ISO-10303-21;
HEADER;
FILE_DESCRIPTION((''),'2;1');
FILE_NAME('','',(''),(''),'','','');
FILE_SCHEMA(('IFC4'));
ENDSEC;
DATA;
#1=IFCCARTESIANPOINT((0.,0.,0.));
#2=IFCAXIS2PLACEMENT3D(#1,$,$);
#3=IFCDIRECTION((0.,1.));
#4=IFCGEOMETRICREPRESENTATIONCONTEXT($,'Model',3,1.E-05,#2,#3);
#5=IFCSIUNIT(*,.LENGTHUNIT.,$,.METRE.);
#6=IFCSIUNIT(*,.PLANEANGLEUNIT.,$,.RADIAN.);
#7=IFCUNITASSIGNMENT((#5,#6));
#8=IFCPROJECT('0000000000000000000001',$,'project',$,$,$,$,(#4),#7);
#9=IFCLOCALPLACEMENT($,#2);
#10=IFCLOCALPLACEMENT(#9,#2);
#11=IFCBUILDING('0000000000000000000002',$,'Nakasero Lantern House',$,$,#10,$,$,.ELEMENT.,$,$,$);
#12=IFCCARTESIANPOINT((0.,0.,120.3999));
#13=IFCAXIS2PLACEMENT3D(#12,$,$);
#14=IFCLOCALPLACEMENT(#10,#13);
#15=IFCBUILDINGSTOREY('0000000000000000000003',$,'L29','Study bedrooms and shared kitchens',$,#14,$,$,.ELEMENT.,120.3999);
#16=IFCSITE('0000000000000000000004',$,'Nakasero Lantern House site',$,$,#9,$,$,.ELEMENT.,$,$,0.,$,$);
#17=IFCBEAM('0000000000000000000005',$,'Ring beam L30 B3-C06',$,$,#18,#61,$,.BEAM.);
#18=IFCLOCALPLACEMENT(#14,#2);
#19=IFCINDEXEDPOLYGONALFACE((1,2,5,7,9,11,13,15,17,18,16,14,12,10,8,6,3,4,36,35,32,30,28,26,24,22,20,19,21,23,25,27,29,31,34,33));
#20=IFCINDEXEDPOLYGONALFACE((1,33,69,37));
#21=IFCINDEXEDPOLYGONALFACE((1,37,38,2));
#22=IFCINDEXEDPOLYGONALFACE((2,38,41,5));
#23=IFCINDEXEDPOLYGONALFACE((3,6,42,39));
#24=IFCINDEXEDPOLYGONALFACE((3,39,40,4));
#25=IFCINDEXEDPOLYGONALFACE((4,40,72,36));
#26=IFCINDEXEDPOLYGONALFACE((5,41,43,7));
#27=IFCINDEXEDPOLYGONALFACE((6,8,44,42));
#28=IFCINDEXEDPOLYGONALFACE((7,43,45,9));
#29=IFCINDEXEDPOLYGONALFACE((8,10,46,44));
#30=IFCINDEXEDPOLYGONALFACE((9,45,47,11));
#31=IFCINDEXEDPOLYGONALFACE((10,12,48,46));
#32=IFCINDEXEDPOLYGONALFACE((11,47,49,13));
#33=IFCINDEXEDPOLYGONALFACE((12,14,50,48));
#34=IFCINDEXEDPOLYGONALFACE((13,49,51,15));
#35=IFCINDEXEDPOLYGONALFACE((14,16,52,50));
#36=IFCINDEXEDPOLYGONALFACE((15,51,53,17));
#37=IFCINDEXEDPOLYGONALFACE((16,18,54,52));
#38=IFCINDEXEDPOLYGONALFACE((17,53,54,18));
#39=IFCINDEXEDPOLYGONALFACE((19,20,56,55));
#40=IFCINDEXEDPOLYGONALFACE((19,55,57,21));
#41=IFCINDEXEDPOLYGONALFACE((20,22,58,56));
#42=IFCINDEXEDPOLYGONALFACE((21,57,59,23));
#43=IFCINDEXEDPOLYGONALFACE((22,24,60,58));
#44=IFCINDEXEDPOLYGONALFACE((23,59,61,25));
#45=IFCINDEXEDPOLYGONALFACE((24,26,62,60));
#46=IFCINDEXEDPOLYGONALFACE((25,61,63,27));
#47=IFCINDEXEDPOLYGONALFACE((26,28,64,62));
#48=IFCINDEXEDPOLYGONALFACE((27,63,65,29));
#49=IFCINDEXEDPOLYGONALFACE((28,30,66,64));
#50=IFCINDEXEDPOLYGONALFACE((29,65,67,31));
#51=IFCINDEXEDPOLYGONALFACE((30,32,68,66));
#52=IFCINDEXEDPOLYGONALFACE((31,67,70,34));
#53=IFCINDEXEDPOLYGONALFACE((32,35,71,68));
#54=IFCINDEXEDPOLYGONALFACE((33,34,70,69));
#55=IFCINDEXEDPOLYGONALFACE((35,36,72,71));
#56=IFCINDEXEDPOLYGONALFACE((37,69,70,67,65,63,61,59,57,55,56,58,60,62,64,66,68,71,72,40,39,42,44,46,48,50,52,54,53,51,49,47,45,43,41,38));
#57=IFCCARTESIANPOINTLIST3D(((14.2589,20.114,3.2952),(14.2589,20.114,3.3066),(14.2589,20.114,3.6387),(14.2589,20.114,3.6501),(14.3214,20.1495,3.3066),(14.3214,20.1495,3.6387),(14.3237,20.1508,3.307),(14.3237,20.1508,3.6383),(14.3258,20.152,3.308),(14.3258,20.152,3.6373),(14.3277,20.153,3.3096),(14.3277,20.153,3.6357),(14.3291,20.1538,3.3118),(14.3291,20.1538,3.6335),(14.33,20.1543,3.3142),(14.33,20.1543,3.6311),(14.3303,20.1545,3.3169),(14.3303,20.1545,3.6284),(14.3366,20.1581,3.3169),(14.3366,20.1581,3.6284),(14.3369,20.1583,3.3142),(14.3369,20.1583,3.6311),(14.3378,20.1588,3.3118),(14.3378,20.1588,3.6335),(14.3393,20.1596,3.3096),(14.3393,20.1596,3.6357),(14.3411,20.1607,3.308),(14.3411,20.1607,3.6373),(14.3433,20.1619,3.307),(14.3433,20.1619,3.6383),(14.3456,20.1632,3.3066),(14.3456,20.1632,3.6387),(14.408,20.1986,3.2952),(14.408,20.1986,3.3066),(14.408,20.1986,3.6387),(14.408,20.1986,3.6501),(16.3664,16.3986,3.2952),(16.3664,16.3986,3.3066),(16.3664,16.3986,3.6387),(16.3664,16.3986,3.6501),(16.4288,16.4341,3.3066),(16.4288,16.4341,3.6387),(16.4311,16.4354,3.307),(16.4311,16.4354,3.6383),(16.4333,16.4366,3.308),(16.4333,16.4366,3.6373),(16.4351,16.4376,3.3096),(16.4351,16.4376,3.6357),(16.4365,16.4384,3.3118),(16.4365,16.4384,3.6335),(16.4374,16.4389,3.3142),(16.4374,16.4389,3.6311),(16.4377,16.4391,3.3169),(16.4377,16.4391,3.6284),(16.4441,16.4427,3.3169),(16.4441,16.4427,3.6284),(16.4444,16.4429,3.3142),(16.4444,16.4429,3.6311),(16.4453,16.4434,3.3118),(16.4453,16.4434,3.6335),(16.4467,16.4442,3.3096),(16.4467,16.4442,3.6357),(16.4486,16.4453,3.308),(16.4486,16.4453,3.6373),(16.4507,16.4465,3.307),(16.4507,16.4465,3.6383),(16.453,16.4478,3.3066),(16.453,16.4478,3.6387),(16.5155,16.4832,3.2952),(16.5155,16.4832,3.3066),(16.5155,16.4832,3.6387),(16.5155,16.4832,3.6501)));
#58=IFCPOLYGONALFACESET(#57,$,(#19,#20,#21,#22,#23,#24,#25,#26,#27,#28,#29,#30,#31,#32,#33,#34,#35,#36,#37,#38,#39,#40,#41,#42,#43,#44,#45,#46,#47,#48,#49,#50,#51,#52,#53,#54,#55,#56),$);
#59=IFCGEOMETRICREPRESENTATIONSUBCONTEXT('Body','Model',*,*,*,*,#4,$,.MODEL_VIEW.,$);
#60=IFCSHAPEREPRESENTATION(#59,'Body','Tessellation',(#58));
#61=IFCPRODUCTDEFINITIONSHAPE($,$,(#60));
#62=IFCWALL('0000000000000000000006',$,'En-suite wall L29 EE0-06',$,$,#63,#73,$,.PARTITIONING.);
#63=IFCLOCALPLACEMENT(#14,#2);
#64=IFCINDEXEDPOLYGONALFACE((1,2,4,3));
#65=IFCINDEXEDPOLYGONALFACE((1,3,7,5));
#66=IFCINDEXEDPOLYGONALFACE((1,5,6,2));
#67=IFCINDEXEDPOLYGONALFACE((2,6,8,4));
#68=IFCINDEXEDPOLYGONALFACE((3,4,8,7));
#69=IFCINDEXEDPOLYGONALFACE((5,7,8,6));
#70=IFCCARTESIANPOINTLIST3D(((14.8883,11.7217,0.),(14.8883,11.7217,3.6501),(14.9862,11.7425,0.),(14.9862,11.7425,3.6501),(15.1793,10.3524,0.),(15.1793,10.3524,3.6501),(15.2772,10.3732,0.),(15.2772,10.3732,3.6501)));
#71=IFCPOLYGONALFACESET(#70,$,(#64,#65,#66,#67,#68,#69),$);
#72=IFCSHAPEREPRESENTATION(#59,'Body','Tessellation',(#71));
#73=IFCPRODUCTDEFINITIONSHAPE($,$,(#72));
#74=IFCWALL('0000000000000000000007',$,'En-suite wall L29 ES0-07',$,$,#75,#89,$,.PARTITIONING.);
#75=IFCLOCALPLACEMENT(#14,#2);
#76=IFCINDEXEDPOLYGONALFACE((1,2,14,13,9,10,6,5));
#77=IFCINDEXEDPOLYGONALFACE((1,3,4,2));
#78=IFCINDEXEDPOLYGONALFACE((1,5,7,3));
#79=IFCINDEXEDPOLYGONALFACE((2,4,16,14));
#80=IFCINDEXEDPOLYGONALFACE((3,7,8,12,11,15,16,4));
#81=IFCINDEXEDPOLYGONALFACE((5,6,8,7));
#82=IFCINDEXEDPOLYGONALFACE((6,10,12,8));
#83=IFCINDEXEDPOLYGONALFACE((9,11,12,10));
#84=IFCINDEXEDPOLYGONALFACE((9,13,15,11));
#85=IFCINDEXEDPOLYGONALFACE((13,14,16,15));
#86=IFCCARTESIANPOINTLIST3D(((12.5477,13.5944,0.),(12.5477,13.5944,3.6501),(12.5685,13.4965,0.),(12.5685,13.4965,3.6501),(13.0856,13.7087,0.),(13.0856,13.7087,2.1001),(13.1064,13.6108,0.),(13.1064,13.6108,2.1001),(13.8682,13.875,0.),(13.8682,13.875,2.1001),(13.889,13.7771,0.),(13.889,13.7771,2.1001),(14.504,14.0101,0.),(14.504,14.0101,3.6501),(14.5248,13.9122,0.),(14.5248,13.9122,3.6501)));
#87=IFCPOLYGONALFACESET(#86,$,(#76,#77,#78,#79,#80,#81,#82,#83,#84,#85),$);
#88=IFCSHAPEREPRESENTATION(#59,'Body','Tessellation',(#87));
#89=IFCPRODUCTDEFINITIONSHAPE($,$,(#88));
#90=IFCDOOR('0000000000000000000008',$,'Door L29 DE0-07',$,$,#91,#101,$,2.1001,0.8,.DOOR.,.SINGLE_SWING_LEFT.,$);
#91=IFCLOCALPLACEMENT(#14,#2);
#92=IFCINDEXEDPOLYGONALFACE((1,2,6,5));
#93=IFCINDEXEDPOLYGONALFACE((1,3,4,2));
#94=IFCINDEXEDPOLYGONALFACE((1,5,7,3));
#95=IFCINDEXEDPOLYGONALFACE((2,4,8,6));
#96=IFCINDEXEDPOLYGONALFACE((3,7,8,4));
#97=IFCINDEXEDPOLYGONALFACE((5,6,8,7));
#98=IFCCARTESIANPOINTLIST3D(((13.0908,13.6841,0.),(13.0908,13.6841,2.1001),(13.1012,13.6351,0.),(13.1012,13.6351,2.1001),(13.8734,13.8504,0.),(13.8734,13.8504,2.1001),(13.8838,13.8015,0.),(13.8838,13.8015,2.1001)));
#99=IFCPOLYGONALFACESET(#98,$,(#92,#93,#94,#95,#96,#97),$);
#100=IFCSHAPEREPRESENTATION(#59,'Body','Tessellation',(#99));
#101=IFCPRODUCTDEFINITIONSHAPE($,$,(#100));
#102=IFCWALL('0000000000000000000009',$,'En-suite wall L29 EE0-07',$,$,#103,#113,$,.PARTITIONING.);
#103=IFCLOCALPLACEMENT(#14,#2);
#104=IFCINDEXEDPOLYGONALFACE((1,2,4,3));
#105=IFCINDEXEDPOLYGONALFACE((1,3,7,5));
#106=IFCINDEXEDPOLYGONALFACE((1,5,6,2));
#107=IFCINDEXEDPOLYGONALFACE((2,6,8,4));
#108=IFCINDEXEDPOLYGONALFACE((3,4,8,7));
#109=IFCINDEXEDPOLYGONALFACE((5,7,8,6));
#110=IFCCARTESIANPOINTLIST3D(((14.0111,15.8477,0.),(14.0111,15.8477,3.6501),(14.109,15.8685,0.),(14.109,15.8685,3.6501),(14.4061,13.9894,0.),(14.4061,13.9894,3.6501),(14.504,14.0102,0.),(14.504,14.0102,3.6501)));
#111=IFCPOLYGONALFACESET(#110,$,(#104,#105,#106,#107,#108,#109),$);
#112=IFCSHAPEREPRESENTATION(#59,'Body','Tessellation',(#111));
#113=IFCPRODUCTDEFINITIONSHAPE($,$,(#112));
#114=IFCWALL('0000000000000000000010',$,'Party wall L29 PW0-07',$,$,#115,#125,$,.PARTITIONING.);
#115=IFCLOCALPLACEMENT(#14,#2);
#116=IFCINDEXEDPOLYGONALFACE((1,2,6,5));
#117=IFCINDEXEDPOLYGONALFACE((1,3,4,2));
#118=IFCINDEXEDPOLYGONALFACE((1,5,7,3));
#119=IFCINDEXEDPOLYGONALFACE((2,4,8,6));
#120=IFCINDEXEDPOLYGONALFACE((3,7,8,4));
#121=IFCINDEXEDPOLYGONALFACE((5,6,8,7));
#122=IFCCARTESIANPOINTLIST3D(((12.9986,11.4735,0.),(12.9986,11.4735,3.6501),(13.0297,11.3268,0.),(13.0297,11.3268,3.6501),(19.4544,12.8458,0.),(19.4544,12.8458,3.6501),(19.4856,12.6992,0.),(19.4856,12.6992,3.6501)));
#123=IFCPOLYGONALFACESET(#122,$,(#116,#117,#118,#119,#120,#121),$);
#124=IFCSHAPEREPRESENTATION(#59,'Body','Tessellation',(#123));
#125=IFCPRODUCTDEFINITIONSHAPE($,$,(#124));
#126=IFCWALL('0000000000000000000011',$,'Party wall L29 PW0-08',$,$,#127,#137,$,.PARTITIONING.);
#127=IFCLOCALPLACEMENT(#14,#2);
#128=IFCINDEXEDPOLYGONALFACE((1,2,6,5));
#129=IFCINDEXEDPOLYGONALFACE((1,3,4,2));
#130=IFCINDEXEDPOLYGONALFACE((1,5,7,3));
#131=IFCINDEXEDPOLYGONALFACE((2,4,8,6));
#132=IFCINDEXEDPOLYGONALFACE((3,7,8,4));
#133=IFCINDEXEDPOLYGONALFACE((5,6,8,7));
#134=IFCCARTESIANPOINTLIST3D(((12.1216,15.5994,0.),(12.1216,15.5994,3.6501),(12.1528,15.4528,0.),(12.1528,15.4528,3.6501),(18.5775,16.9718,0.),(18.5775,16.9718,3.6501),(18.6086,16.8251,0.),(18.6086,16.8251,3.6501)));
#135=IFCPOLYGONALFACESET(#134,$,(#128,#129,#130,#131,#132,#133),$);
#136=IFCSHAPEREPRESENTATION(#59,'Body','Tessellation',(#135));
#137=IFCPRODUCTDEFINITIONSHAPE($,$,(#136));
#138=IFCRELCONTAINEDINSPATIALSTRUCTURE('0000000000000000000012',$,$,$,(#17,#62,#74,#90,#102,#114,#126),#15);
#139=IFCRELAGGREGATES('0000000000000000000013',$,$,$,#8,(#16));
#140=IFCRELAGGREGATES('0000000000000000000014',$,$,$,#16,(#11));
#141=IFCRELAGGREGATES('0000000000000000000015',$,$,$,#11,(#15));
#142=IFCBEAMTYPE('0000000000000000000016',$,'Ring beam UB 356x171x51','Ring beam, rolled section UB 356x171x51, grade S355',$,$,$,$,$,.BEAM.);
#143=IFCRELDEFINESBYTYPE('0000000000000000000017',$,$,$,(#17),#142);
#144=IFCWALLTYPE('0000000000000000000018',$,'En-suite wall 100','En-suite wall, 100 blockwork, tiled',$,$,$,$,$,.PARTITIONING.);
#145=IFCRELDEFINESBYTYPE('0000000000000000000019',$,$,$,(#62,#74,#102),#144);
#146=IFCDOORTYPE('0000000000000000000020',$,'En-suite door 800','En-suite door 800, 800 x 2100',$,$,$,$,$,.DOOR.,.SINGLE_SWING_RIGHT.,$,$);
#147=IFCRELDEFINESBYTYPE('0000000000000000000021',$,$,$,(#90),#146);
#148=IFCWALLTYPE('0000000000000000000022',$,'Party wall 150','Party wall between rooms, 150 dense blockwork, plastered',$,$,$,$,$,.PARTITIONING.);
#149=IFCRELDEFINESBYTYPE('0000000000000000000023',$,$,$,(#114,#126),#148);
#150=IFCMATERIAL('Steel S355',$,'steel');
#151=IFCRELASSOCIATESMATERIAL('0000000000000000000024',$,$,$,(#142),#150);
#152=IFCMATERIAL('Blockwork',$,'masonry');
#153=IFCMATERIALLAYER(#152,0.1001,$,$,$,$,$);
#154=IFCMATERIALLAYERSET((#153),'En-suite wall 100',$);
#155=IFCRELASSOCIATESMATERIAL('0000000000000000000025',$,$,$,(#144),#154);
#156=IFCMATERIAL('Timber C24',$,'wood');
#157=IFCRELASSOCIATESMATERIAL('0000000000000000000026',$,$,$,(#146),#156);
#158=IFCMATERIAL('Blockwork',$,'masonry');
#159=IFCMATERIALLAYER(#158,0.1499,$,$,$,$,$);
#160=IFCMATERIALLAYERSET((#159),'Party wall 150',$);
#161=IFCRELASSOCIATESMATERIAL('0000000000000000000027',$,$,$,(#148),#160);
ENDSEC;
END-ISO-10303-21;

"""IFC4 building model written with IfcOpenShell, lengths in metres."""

from ifc_helpers import new_model, si_unit, direction, frame, frame_2d, origin, origin_2d, place, context, subcontext, project, spatial, rectangle, i_section, extrude, material, layer, layer_set, material_profile, profile_set, type_object, element, fill, save


model = new_model("IFC4")

# Units and contexts
model_context = context("Model", 3, precision=1e-05, world=origin(), true_north=direction((0.0, 1.0)))
body_context = subcontext(model_context, "Body", "Model", "MODEL_VIEW")
ifc_project = project(units=[si_unit("LENGTHUNIT", "METRE"), si_unit("PLANEANGLEUNIT", "RADIAN")], contexts=[model_context])

# Site, building, storey
site_placement = place(None, origin())
site = spatial("IfcSite", under=ifc_project, at=site_placement, Name="Nakasero Lantern House site", CompositionType="ELEMENT", RefElevation=0.0)
building_placement = place(site_placement, origin())
building = spatial("IfcBuilding", under=site, at=building_placement, Name="Nakasero Lantern House", CompositionType="ELEMENT")
storey_placement = place(building_placement, frame((0.0, 0.0, 120.3999)))
storey = spatial("IfcBuildingStorey", under=building, at=storey_placement, Name="L29", Description="Study bedrooms and shared kitchens", CompositionType="ELEMENT", Elevation=120.3999)

# Beam
ifc_material_1 = material(Name="Steel S355", Category="steel")
ifc_material_profile_1 = material_profile(ifc_material_1, i_section(OverallWidth=0.1714, OverallDepth=0.355, WebThickness=0.0073, FlangeThickness=0.0115, FilletRadius=0.0103, at=origin_2d()), Name="UB 356x171x51")
ifc_profile_set_1 = profile_set([ifc_material_profile_1], Name="Steel S355")
beam_type_1 = type_object("IfcBeamType", Name="Ring beam UB 356x171x51", Description="Ring beam, rolled section UB 356x171x51, grade S355", PredefinedType="BEAM", material=ifc_profile_set_1)
beam_1_placement = place(storey_placement, frame((16.4409, 16.4409, 3.4727), z_axis=(-0.493379, 0.869815, 0.0), x_axis=(-0.869815, -0.493379, 0.0)))
element("IfcBeam", 1, at=beam_1_placement, inside=storey, type_object=beam_type_1, Name="Ring beam L30 B3-C06", PredefinedType="BEAM", context=body_context, shape_type="SweptSolid", body=[
    extrude(i_section(OverallWidth=0.1714, OverallDepth=0.355, WebThickness=0.0073, FlangeThickness=0.0115, FilletRadius=0.0103, at=origin_2d()), origin(), (0.0, 0.0, 1.0), 4.2715),
])

# Wall
ifc_material_2 = material(Name="Blockwork", Category="masonry")
ifc_layer_1 = layer(ifc_material_2, 0.1001)
ifc_layer_set_1 = layer_set([ifc_layer_1], Name="En-suite wall 100")
wall_type_1 = type_object("IfcWallType", Name="En-suite wall 100", Description="En-suite wall, 100 blockwork, tiled", PredefinedType="PARTITIONING", material=ifc_layer_set_1)
wall_1_placement = place(storey_placement, frame((15.2283, 10.3628, 0.0), z_axis=(0.0, 0.0, 1.0), x_axis=(-0.207873, 0.978156, 0.0)))
element("IfcWall", 2, at=wall_1_placement, inside=storey, type_object=wall_type_1, Name="En-suite wall L29 EE0-06", PredefinedType="PARTITIONING", context=body_context, shape_type="SweptSolid", body=[
    extrude(rectangle(XDim=1.3999, YDim=0.1001, at=frame_2d((0.7, 0.0))), origin(), (0.0, 0.0, 1.0), 3.6501),
])

# Wall, opening, door
wall_2_placement = place(storey_placement, frame((12.5581, 13.5454, 0.0), z_axis=(0.0, 0.0, 1.0), x_axis=(0.978153, 0.207886, 0.0)))
wall_2 = element("IfcWall", 3, at=wall_2_placement, inside=storey, type_object=wall_type_1, Name="En-suite wall L29 ES0-07", PredefinedType="PARTITIONING", context=body_context, shape_type="SweptSolid", body=[
    extrude(rectangle(XDim=2.0, YDim=0.1001, at=frame_2d((1.0, 0.0))), origin(), (0.0, 0.0, 1.0), 3.6501),
])
opening_placement = place(wall_2_placement, frame((0.55, 0.0, 0.0)))
opening = element("IfcOpeningElement", 4, at=opening_placement, cuts=wall_2, PredefinedType="OPENING", context=body_context, shape_type="SweptSolid", body=[
    extrude(rectangle(XDim=0.8, YDim=2.1001, at=frame_2d((0.3999, 1.05))), frame((0.0, 0.0701, 0.0), z_axis=(0.0, -1.0, 0.0), x_axis=(1.0, 0.0, 0.0)), (0.0, 0.0, 1.0), 0.1401),
])
ifc_material_3 = material(Name="Timber C24", Category="wood")
door_type = type_object("IfcDoorType", Name="En-suite door 800", Description="En-suite door 800, 800 x 2100", OperationType="SINGLE_SWING_RIGHT", PredefinedType="DOOR", material=ifc_material_3)
door_placement = place(opening_placement, origin())
door = element("IfcDoor", 5, at=door_placement, inside=storey, type_object=door_type, Name="Door L29 DE0-07", OperationType="SINGLE_SWING_LEFT", OverallHeight=2.1001, OverallWidth=0.8, PredefinedType="DOOR", context=body_context, shape_type="SweptSolid", body=[
    extrude(rectangle(XDim=0.8, YDim=2.1001, at=frame_2d((0.3999, 1.05))), frame((0.0, 0.0249, 0.0), z_axis=(0.0, -1.0, 0.0), x_axis=(1.0, 0.0, 0.0)), (0.0, 0.0, 1.0), 0.05),
])
fill(opening, door)

# Walls
wall_3_placement = place(storey_placement, frame((14.4551, 13.9998, 0.0), z_axis=(0.0, 0.0, 1.0), x_axis=(-0.207914, 0.978147, 0.0)))
element("IfcWall", 6, at=wall_3_placement, inside=storey, type_object=wall_type_1, Name="En-suite wall L29 EE0-07", PredefinedType="PARTITIONING", context=body_context, shape_type="SweptSolid", body=[
    extrude(rectangle(XDim=1.8999, YDim=0.1001, at=frame_2d((0.95, 0.0))), origin(), (0.0, 0.0, 1.0), 3.6501),
])
ifc_material_4 = material(Name="Blockwork", Category="masonry")
ifc_layer_2 = layer(ifc_material_4, 0.1499)
ifc_layer_set_2 = layer_set([ifc_layer_2], Name="Party wall 150")
wall_type_2 = type_object("IfcWallType", Name="Party wall 150", Description="Party wall between rooms, 150 dense blockwork, plastered", PredefinedType="PARTITIONING", material=ifc_layer_set_2)
for number, where, z_axis, x_axis, name in (
    (7, (13.0142, 11.4001, 0.0), (0.0, 0.0, 1.0), (0.978145, 0.207925, 0.0), "Party wall L29 PW0-07"),
    (8, (12.1372, 15.5261, 0.0), (0.0, 0.0, 1.0), (0.978145, 0.207925, 0.0), "Party wall L29 PW0-08"),
):
    element("IfcWall", number, at=place(storey_placement, frame(where, z_axis=z_axis, x_axis=x_axis)), inside=storey, type_object=wall_type_2, Name=name, PredefinedType="PARTITIONING", context=body_context, shape_type="SweptSolid", body=[
        extrude(rectangle(XDim=6.6001, YDim=0.1499, at=frame_2d((3.3, 0.0))), origin(), (0.0, 0.0, 1.0), 3.6501),
    ])

save(model, "model.ifc")
